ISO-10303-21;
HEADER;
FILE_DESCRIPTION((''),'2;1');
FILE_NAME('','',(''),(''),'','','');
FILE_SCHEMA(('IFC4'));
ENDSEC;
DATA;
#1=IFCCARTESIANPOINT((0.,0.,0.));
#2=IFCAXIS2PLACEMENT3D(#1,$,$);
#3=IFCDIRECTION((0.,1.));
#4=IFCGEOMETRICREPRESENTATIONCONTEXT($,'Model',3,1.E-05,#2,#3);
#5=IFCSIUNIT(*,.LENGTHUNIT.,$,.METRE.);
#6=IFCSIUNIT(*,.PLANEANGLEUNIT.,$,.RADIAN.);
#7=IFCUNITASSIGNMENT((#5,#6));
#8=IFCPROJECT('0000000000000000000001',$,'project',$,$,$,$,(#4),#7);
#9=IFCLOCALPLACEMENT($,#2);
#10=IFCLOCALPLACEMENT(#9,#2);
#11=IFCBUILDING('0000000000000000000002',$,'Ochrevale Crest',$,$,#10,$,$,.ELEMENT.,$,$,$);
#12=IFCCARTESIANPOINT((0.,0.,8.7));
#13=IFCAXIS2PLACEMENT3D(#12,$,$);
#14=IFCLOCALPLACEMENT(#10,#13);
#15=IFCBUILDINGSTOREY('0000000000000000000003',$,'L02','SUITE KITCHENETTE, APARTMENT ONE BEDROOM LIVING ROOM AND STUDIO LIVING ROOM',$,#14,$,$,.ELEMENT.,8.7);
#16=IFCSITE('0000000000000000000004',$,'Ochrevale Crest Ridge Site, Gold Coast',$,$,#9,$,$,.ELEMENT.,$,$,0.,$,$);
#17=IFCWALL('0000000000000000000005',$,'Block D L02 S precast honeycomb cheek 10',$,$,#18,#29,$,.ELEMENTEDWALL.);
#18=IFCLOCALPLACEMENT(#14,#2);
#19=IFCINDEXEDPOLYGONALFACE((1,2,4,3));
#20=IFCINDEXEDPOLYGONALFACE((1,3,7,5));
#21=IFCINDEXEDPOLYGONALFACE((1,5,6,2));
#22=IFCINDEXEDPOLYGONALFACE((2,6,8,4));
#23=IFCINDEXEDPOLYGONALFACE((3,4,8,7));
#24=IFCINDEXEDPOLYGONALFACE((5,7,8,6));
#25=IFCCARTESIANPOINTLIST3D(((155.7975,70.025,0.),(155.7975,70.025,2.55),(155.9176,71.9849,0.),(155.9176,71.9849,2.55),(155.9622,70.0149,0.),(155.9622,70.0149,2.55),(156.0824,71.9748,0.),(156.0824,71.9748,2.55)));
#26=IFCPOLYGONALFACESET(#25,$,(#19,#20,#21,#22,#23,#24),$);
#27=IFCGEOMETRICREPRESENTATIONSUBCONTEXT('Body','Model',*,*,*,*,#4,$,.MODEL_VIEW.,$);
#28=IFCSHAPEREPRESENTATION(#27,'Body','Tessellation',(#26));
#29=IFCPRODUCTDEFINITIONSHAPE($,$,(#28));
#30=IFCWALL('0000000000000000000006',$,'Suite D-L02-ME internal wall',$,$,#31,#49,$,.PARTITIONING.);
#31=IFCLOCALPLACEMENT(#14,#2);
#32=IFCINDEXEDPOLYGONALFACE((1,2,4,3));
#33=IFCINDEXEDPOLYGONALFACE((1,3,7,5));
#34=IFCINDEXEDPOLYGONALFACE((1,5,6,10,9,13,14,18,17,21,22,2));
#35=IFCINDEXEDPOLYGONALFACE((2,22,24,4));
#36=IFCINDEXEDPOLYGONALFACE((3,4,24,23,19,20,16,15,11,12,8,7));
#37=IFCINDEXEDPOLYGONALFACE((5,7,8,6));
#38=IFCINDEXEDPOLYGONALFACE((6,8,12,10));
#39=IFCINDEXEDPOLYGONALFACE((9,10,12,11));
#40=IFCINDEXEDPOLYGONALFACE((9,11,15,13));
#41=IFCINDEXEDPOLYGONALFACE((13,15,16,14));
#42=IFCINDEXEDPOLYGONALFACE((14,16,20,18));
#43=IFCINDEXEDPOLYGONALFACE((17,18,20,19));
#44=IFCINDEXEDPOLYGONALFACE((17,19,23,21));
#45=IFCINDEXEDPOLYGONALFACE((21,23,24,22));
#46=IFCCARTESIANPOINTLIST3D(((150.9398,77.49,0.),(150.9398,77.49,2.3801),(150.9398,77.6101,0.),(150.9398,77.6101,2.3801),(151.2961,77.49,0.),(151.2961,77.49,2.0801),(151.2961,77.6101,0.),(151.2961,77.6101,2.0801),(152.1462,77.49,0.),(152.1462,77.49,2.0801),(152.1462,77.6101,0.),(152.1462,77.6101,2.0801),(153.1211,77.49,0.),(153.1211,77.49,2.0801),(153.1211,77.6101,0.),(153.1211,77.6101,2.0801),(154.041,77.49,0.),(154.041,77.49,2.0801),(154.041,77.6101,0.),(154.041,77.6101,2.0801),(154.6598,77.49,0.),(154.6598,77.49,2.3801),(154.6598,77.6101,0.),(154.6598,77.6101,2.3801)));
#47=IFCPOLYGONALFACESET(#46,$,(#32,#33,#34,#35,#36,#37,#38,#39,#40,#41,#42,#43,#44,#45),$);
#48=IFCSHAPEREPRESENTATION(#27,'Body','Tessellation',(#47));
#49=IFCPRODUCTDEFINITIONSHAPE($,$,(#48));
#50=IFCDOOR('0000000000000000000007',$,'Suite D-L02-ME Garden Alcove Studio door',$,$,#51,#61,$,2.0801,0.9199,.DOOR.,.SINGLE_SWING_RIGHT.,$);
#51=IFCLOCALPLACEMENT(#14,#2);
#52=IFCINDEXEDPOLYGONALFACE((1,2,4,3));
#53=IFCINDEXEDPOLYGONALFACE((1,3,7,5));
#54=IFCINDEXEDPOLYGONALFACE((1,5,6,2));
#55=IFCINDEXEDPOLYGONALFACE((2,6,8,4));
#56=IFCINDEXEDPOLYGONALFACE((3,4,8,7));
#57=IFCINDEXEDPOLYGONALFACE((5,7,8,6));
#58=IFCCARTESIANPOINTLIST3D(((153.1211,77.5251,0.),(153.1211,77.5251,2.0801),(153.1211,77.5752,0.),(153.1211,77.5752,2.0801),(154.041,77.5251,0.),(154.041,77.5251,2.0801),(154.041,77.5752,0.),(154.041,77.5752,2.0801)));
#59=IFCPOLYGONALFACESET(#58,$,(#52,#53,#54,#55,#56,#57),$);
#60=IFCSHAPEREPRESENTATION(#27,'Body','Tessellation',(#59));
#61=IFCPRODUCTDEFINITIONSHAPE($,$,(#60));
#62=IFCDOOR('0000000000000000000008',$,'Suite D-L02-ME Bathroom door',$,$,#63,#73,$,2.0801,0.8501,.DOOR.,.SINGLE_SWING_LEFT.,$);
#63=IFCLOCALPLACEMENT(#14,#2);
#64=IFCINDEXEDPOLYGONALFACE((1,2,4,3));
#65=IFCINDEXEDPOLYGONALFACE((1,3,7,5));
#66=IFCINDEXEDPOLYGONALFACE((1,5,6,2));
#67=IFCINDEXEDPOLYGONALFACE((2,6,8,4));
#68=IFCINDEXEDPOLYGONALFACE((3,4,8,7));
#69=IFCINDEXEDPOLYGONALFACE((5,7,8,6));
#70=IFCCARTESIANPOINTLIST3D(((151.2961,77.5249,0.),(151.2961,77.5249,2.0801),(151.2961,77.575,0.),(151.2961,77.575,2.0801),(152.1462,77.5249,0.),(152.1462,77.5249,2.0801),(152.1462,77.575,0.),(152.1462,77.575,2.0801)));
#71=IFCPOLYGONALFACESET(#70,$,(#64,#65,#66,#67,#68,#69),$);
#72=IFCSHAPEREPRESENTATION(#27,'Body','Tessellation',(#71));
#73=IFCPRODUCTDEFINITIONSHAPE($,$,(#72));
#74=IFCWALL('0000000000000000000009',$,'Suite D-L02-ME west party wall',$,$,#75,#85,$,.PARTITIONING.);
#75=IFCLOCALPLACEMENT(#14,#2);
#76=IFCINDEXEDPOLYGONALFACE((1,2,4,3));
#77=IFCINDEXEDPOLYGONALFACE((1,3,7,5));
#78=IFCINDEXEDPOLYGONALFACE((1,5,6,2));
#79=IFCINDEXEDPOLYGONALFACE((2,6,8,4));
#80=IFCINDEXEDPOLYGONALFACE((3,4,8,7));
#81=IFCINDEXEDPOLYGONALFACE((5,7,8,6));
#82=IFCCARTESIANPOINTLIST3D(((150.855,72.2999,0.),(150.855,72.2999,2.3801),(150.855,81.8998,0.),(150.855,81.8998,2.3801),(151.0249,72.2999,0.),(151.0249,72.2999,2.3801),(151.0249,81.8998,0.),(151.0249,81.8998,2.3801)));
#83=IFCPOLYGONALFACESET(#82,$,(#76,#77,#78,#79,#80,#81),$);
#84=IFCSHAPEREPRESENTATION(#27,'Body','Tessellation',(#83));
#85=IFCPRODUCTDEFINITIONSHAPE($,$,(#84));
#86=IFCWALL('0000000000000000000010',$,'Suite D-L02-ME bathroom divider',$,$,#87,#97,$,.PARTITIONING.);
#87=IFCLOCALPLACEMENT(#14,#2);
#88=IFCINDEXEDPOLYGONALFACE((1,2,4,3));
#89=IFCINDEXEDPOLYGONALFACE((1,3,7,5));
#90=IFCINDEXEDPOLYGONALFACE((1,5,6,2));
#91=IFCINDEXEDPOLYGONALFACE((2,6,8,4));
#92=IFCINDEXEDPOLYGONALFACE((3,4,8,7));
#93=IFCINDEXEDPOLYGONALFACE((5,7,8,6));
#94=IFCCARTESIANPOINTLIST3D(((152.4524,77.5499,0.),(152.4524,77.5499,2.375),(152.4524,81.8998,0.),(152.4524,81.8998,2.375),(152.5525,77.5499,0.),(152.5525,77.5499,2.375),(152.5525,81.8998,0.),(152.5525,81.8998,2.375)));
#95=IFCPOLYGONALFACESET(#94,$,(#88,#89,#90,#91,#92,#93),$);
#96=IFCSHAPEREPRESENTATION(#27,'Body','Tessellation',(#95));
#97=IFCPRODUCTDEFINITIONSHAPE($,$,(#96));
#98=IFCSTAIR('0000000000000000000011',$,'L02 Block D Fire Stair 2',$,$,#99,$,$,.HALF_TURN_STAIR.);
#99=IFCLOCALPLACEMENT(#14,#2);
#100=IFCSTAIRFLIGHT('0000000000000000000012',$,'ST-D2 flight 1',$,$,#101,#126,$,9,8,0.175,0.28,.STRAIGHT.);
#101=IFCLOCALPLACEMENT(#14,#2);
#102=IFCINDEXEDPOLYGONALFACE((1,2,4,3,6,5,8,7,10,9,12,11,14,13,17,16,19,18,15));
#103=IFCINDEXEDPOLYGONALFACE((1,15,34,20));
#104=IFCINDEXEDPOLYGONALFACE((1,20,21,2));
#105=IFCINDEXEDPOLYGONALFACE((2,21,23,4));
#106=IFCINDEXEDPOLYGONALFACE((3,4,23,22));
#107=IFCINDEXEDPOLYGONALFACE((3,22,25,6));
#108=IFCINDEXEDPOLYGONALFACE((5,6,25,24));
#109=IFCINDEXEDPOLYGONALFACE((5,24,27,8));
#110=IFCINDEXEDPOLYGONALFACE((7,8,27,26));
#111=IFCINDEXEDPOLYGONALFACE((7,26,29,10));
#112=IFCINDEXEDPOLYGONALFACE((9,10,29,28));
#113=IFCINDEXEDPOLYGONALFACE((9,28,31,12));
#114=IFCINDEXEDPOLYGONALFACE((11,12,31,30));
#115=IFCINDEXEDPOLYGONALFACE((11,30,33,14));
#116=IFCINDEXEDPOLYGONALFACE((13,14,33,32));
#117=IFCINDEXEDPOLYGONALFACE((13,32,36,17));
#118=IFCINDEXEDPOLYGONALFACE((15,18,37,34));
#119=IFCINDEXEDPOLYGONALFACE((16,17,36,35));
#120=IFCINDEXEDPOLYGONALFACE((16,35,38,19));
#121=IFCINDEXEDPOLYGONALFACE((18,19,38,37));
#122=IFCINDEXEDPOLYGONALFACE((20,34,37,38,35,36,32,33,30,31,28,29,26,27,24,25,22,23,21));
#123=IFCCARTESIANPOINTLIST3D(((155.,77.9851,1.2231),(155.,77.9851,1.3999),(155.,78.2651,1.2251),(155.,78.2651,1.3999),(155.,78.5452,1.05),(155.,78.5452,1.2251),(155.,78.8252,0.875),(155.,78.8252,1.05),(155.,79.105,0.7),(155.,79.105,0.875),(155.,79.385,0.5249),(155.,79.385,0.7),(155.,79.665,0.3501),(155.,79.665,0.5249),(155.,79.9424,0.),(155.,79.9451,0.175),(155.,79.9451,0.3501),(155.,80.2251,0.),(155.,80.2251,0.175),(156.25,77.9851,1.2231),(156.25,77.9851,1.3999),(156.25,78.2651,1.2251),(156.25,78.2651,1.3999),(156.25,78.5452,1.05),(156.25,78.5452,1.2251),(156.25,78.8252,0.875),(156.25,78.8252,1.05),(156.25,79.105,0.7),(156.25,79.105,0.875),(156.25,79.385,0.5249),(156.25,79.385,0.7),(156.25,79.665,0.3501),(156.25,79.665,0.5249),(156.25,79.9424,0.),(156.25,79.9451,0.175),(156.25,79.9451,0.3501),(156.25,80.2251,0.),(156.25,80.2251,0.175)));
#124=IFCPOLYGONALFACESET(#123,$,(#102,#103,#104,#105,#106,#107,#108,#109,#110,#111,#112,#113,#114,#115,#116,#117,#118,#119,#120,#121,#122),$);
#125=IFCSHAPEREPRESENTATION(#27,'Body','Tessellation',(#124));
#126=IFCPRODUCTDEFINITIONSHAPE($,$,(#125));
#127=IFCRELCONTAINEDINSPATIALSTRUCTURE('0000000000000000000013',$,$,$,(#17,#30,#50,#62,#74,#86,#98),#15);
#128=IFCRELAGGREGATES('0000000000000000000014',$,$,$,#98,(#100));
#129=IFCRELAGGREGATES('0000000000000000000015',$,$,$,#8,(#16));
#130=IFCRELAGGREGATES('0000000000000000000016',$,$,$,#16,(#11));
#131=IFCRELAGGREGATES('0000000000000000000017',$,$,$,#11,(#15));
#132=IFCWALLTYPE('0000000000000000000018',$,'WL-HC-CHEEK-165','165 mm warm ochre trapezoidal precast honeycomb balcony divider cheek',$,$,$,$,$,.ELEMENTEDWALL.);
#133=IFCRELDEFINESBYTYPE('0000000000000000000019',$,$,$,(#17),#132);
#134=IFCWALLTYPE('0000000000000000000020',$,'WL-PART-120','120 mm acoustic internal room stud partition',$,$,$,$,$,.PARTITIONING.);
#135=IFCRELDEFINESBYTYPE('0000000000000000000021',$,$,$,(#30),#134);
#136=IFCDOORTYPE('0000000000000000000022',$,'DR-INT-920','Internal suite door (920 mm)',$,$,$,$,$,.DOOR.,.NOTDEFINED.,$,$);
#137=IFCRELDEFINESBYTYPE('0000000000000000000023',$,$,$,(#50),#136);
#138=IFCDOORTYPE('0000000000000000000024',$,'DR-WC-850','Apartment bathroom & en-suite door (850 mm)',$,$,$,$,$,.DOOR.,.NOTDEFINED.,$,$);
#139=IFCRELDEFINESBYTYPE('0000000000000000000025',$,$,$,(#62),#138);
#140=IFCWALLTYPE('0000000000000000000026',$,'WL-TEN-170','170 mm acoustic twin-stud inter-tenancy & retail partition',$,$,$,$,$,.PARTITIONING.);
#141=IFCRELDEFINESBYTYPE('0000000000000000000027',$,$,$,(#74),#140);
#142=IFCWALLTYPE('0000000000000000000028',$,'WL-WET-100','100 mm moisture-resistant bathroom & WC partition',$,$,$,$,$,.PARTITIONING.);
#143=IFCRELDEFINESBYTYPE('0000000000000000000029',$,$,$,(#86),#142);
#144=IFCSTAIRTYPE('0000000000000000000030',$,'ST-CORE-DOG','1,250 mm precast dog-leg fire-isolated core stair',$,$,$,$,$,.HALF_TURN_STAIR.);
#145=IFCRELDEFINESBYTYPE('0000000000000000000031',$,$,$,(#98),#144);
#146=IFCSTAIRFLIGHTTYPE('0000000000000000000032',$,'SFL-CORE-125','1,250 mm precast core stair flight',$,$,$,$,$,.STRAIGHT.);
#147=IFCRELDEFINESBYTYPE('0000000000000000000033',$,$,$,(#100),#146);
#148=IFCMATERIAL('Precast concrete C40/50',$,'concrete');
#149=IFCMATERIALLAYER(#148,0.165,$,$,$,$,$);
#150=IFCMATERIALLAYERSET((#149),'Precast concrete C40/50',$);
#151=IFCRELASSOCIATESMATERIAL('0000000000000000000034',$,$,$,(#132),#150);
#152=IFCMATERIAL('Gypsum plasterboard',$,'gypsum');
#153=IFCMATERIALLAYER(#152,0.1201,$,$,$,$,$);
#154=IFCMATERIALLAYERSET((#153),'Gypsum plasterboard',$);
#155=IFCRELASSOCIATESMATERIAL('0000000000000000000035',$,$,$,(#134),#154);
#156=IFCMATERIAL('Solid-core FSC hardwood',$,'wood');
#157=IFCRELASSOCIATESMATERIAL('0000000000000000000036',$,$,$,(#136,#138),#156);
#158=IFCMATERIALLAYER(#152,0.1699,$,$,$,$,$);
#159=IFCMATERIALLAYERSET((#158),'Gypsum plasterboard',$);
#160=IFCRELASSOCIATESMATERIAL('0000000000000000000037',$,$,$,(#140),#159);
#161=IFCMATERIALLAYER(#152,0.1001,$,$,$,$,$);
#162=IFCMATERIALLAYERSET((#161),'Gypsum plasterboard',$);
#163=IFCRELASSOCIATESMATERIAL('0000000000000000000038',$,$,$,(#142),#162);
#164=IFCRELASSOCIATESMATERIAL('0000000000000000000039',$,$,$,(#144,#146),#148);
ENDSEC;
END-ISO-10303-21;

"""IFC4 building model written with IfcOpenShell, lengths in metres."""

from ifc_helpers import new_model, si_unit, direction, frame, frame_2d, origin, place, context, subcontext, project, spatial, polyline, rectangle, outline, extrude, material, layer, layer_set, type_object, element, fill, aggregate, save


model = new_model("IFC4")

# Units and contexts
model_context = context("Model", 3, precision=1e-05, world=origin(), true_north=direction((0.0, 1.0)))
body_context = subcontext(model_context, "Body", "Model", "MODEL_VIEW")
ifc_project = project(units=[si_unit("LENGTHUNIT", "METRE"), si_unit("PLANEANGLEUNIT", "RADIAN")], contexts=[model_context])

# Site, building, storey
site_placement = place(None, origin())
site = spatial("IfcSite", under=ifc_project, at=site_placement, Name="Ochrevale Crest Ridge Site, Gold Coast", CompositionType="ELEMENT", RefElevation=0.0)
building_placement = place(site_placement, origin())
building = spatial("IfcBuilding", under=site, at=building_placement, Name="Ochrevale Crest", CompositionType="ELEMENT")
storey_placement = place(building_placement, frame((0.0, 0.0, 8.7)))
storey = spatial("IfcBuildingStorey", under=building, at=storey_placement, Name="L02", Description="SUITE KITCHENETTE, APARTMENT ONE BEDROOM LIVING ROOM AND STUDIO LIVING ROOM", CompositionType="ELEMENT", Elevation=8.7)

# Shared definitions
ifc_material_1 = material(Name="Precast concrete C40/50", Category="concrete")

# Wall
ifc_layer_1 = layer(ifc_material_1, 0.165)
ifc_layer_set_1 = layer_set([ifc_layer_1], Name="Precast concrete C40/50")
wall_type_1 = type_object("IfcWallType", Name="WL-HC-CHEEK-165", Description="165 mm warm ochre trapezoidal precast honeycomb balcony divider cheek", PredefinedType="ELEMENTEDWALL", material=ifc_layer_set_1)
for number, where, z_axis, x_axis, name in (
    (1, (156.0, 71.98, 0.0), (0.0, 0.0, 1.0), (-0.061171, -0.998127, 0.0), "Block D L02 S precast honeycomb cheek 10"),
):
    element("IfcWall", number, at=place(storey_placement, frame(where, z_axis=z_axis, x_axis=x_axis)), inside=storey, type_object=wall_type_1, Name=name, PredefinedType="ELEMENTEDWALL", context=body_context, shape_type="SweptSolid", body=[
        extrude(rectangle(XDim=1.9636, YDim=0.165, at=frame_2d((0.9819, 0.0))), origin(), (0.0, 0.0, 1.0), 2.55),
    ])

# Wall, openings, doors
ifc_material_2 = material(Name="Gypsum plasterboard", Category="gypsum")
ifc_layer_2 = layer(ifc_material_2, 0.1201)
ifc_layer_set_2 = layer_set([ifc_layer_2], Name="Gypsum plasterboard")
wall_type_2 = type_object("IfcWallType", Name="WL-PART-120", Description="120 mm acoustic internal room stud partition", PredefinedType="PARTITIONING", material=ifc_layer_set_2)
wall_1_placement = place(storey_placement, frame((150.9399, 77.55, 0.0), z_axis=(0.0, 0.0, 1.0), x_axis=(1.0, 0.0, 0.0)))
wall_1 = element("IfcWall", 2, at=wall_1_placement, inside=storey, type_object=wall_type_2, Name="Suite D-L02-ME internal wall", PredefinedType="PARTITIONING", context=body_context, shape_type="SweptSolid", body=[
    extrude(rectangle(XDim=3.72, YDim=0.1201, at=frame_2d((1.8599, 0.0))), origin(), (0.0, 0.0, 1.0), 2.3801),
])
opening_1_placement = place(wall_1_placement, frame((0.3562, 0.0, 0.0)))
opening_1 = element("IfcOpeningElement", 3, at=opening_1_placement, cuts=wall_1, PredefinedType="OPENING", context=body_context, shape_type="SweptSolid", body=[
    extrude(rectangle(XDim=0.8501, YDim=2.0801, at=frame_2d((0.425, 1.04))), frame((0.0, 0.0701, 0.0), z_axis=(0.0, -1.0, 0.0), x_axis=(1.0, 0.0, 0.0)), (0.0, 0.0, 1.0), 0.1401),
])
opening_2_placement = place(wall_1_placement, frame((3.1011, 0.0, 0.0), z_axis=(0.0, 0.0, 1.0), x_axis=(-1.0, 0.0, 0.0)))
opening_2 = element("IfcOpeningElement", 4, at=opening_2_placement, cuts=wall_1, PredefinedType="OPENING", context=body_context, shape_type="SweptSolid", body=[
    extrude(rectangle(XDim=0.9199, YDim=2.0801, at=frame_2d((0.46, 1.04))), frame((0.0, 0.0701, 0.0), z_axis=(0.0, -1.0, 0.0), x_axis=(1.0, 0.0, 0.0)), (0.0, 0.0, 1.0), 0.1401),
])
ifc_material_3 = material(Name="Solid-core FSC hardwood", Category="wood")
door_type_1 = type_object("IfcDoorType", Name="DR-INT-920", Description="Internal suite door (920 mm)", OperationType="NOTDEFINED", PredefinedType="DOOR", material=ifc_material_3)
door_1_placement = place(opening_2_placement, origin())
door_1 = element("IfcDoor", 5, at=door_1_placement, inside=storey, type_object=door_type_1, Name="Suite D-L02-ME Garden Alcove Studio door", OperationType="SINGLE_SWING_RIGHT", OverallHeight=2.0801, OverallWidth=0.9199, PredefinedType="DOOR", context=body_context, shape_type="SweptSolid", body=[
    extrude(rectangle(XDim=0.9199, YDim=2.0801, at=frame_2d((0.46, 1.04))), frame((0.0, 0.0249, 0.0), z_axis=(0.0, -1.0, 0.0), x_axis=(1.0, 0.0, 0.0)), (0.0, 0.0, 1.0), 0.05),
])
fill(opening_2, door_1)
door_type_2 = type_object("IfcDoorType", Name="DR-WC-850", Description="Apartment bathroom & en-suite door (850 mm)", OperationType="NOTDEFINED", PredefinedType="DOOR", material=ifc_material_3)
door_2_placement = place(opening_1_placement, origin())
door_2 = element("IfcDoor", 6, at=door_2_placement, inside=storey, type_object=door_type_2, Name="Suite D-L02-ME Bathroom door", OperationType="SINGLE_SWING_LEFT", OverallHeight=2.0801, OverallWidth=0.8501, PredefinedType="DOOR", context=body_context, shape_type="SweptSolid", body=[
    extrude(rectangle(XDim=0.8501, YDim=2.0801, at=frame_2d((0.425, 1.04))), frame((0.0, 0.0249, 0.0), z_axis=(0.0, -1.0, 0.0), x_axis=(1.0, 0.0, 0.0)), (0.0, 0.0, 1.0), 0.05),
])
fill(opening_1, door_2)

# Walls
ifc_layer_3 = layer(ifc_material_2, 0.1699)
ifc_layer_set_3 = layer_set([ifc_layer_3], Name="Gypsum plasterboard")
wall_type_3 = type_object("IfcWallType", Name="WL-TEN-170", Description="170 mm acoustic twin-stud inter-tenancy & retail partition", PredefinedType="PARTITIONING", material=ifc_layer_set_3)
wall_2_placement = place(storey_placement, frame((150.9399, 72.3, 0.0), z_axis=(0.0, 0.0, 1.0), x_axis=(0.0, 1.0, 0.0)))
element("IfcWall", 7, at=wall_2_placement, inside=storey, type_object=wall_type_3, Name="Suite D-L02-ME west party wall", PredefinedType="PARTITIONING", context=body_context, shape_type="SweptSolid", body=[
    extrude(rectangle(XDim=9.5999, YDim=0.1699, at=frame_2d((4.7998, 0.0))), origin(), (0.0, 0.0, 1.0), 2.3801),
])
ifc_layer_4 = layer(ifc_material_2, 0.1001)
ifc_layer_set_4 = layer_set([ifc_layer_4], Name="Gypsum plasterboard")
wall_type_4 = type_object("IfcWallType", Name="WL-WET-100", Description="100 mm moisture-resistant bathroom & WC partition", PredefinedType="PARTITIONING", material=ifc_layer_set_4)
wall_3_placement = place(storey_placement, frame((152.5024, 77.55, 0.0), z_axis=(0.0, 0.0, 1.0), x_axis=(0.0, 1.0, 0.0)))
element("IfcWall", 8, at=wall_3_placement, inside=storey, type_object=wall_type_4, Name="Suite D-L02-ME bathroom divider", PredefinedType="PARTITIONING", context=body_context, shape_type="SweptSolid", body=[
    extrude(rectangle(XDim=4.3499, YDim=0.1001, at=frame_2d((2.1748, 0.0))), origin(), (0.0, 0.0, 1.0), 2.375),
])

# Stair, stair flight
stair_type = type_object("IfcStairType", Name="ST-CORE-DOG", Description="1,250 mm precast dog-leg fire-isolated core stair", PredefinedType="HALF_TURN_STAIR", material=ifc_material_1)
stair_placement = place(storey_placement, origin())
stair = element("IfcStair", 9, at=stair_placement, inside=storey, type_object=stair_type, Name="L02 Block D Fire Stair 2", PredefinedType="HALF_TURN_STAIR")
stair_flight_type = type_object("IfcStairFlightType", Name="SFL-CORE-125", Description="1,250 mm precast core stair flight", PredefinedType="STRAIGHT", material=ifc_material_1)
stair_flight_placement = place(storey_placement, frame((155.625, 80.2251, 0.0), z_axis=(0.0, 0.0, 1.0), x_axis=(0.0, -1.0, 0.0)))
stair_flight = element("IfcStairFlight", 10, at=stair_flight_placement, type_object=stair_flight_type, Name="ST-D2 flight 1", NumberOfRisers=9, NumberOfTreads=8, PredefinedType="STRAIGHT", RiserHeight=0.175, TreadLength=0.28, context=body_context, shape_type="SweptSolid", body=[
    extrude(outline(polyline([(0.0, 0.0), (0.0, 0.175), (0.28, 0.175), (0.28, 0.3501), (0.5601, 0.3501), (0.5601, 0.5249), (0.8401, 0.5249), (0.8401, 0.7), (1.1201, 0.7), (1.1201, 0.875), (1.3999, 0.875), (1.3999, 1.05), (1.6799, 1.05), (1.6799, 1.2251), (1.96, 1.2251), (1.96, 1.3999), (2.24, 1.3999), (2.24, 1.575), (2.24, 1.2231), (0.2827, 0.0), (0.0, 0.0)])), frame((0.0, 0.625, 0.0), z_axis=(0.0, -1.0, 0.0), x_axis=(1.0, 0.0, 0.0)), (0.0, 0.0, 1.0), 1.25),
])
aggregate(stair, [stair_flight])

save(model, "model.ifc")
